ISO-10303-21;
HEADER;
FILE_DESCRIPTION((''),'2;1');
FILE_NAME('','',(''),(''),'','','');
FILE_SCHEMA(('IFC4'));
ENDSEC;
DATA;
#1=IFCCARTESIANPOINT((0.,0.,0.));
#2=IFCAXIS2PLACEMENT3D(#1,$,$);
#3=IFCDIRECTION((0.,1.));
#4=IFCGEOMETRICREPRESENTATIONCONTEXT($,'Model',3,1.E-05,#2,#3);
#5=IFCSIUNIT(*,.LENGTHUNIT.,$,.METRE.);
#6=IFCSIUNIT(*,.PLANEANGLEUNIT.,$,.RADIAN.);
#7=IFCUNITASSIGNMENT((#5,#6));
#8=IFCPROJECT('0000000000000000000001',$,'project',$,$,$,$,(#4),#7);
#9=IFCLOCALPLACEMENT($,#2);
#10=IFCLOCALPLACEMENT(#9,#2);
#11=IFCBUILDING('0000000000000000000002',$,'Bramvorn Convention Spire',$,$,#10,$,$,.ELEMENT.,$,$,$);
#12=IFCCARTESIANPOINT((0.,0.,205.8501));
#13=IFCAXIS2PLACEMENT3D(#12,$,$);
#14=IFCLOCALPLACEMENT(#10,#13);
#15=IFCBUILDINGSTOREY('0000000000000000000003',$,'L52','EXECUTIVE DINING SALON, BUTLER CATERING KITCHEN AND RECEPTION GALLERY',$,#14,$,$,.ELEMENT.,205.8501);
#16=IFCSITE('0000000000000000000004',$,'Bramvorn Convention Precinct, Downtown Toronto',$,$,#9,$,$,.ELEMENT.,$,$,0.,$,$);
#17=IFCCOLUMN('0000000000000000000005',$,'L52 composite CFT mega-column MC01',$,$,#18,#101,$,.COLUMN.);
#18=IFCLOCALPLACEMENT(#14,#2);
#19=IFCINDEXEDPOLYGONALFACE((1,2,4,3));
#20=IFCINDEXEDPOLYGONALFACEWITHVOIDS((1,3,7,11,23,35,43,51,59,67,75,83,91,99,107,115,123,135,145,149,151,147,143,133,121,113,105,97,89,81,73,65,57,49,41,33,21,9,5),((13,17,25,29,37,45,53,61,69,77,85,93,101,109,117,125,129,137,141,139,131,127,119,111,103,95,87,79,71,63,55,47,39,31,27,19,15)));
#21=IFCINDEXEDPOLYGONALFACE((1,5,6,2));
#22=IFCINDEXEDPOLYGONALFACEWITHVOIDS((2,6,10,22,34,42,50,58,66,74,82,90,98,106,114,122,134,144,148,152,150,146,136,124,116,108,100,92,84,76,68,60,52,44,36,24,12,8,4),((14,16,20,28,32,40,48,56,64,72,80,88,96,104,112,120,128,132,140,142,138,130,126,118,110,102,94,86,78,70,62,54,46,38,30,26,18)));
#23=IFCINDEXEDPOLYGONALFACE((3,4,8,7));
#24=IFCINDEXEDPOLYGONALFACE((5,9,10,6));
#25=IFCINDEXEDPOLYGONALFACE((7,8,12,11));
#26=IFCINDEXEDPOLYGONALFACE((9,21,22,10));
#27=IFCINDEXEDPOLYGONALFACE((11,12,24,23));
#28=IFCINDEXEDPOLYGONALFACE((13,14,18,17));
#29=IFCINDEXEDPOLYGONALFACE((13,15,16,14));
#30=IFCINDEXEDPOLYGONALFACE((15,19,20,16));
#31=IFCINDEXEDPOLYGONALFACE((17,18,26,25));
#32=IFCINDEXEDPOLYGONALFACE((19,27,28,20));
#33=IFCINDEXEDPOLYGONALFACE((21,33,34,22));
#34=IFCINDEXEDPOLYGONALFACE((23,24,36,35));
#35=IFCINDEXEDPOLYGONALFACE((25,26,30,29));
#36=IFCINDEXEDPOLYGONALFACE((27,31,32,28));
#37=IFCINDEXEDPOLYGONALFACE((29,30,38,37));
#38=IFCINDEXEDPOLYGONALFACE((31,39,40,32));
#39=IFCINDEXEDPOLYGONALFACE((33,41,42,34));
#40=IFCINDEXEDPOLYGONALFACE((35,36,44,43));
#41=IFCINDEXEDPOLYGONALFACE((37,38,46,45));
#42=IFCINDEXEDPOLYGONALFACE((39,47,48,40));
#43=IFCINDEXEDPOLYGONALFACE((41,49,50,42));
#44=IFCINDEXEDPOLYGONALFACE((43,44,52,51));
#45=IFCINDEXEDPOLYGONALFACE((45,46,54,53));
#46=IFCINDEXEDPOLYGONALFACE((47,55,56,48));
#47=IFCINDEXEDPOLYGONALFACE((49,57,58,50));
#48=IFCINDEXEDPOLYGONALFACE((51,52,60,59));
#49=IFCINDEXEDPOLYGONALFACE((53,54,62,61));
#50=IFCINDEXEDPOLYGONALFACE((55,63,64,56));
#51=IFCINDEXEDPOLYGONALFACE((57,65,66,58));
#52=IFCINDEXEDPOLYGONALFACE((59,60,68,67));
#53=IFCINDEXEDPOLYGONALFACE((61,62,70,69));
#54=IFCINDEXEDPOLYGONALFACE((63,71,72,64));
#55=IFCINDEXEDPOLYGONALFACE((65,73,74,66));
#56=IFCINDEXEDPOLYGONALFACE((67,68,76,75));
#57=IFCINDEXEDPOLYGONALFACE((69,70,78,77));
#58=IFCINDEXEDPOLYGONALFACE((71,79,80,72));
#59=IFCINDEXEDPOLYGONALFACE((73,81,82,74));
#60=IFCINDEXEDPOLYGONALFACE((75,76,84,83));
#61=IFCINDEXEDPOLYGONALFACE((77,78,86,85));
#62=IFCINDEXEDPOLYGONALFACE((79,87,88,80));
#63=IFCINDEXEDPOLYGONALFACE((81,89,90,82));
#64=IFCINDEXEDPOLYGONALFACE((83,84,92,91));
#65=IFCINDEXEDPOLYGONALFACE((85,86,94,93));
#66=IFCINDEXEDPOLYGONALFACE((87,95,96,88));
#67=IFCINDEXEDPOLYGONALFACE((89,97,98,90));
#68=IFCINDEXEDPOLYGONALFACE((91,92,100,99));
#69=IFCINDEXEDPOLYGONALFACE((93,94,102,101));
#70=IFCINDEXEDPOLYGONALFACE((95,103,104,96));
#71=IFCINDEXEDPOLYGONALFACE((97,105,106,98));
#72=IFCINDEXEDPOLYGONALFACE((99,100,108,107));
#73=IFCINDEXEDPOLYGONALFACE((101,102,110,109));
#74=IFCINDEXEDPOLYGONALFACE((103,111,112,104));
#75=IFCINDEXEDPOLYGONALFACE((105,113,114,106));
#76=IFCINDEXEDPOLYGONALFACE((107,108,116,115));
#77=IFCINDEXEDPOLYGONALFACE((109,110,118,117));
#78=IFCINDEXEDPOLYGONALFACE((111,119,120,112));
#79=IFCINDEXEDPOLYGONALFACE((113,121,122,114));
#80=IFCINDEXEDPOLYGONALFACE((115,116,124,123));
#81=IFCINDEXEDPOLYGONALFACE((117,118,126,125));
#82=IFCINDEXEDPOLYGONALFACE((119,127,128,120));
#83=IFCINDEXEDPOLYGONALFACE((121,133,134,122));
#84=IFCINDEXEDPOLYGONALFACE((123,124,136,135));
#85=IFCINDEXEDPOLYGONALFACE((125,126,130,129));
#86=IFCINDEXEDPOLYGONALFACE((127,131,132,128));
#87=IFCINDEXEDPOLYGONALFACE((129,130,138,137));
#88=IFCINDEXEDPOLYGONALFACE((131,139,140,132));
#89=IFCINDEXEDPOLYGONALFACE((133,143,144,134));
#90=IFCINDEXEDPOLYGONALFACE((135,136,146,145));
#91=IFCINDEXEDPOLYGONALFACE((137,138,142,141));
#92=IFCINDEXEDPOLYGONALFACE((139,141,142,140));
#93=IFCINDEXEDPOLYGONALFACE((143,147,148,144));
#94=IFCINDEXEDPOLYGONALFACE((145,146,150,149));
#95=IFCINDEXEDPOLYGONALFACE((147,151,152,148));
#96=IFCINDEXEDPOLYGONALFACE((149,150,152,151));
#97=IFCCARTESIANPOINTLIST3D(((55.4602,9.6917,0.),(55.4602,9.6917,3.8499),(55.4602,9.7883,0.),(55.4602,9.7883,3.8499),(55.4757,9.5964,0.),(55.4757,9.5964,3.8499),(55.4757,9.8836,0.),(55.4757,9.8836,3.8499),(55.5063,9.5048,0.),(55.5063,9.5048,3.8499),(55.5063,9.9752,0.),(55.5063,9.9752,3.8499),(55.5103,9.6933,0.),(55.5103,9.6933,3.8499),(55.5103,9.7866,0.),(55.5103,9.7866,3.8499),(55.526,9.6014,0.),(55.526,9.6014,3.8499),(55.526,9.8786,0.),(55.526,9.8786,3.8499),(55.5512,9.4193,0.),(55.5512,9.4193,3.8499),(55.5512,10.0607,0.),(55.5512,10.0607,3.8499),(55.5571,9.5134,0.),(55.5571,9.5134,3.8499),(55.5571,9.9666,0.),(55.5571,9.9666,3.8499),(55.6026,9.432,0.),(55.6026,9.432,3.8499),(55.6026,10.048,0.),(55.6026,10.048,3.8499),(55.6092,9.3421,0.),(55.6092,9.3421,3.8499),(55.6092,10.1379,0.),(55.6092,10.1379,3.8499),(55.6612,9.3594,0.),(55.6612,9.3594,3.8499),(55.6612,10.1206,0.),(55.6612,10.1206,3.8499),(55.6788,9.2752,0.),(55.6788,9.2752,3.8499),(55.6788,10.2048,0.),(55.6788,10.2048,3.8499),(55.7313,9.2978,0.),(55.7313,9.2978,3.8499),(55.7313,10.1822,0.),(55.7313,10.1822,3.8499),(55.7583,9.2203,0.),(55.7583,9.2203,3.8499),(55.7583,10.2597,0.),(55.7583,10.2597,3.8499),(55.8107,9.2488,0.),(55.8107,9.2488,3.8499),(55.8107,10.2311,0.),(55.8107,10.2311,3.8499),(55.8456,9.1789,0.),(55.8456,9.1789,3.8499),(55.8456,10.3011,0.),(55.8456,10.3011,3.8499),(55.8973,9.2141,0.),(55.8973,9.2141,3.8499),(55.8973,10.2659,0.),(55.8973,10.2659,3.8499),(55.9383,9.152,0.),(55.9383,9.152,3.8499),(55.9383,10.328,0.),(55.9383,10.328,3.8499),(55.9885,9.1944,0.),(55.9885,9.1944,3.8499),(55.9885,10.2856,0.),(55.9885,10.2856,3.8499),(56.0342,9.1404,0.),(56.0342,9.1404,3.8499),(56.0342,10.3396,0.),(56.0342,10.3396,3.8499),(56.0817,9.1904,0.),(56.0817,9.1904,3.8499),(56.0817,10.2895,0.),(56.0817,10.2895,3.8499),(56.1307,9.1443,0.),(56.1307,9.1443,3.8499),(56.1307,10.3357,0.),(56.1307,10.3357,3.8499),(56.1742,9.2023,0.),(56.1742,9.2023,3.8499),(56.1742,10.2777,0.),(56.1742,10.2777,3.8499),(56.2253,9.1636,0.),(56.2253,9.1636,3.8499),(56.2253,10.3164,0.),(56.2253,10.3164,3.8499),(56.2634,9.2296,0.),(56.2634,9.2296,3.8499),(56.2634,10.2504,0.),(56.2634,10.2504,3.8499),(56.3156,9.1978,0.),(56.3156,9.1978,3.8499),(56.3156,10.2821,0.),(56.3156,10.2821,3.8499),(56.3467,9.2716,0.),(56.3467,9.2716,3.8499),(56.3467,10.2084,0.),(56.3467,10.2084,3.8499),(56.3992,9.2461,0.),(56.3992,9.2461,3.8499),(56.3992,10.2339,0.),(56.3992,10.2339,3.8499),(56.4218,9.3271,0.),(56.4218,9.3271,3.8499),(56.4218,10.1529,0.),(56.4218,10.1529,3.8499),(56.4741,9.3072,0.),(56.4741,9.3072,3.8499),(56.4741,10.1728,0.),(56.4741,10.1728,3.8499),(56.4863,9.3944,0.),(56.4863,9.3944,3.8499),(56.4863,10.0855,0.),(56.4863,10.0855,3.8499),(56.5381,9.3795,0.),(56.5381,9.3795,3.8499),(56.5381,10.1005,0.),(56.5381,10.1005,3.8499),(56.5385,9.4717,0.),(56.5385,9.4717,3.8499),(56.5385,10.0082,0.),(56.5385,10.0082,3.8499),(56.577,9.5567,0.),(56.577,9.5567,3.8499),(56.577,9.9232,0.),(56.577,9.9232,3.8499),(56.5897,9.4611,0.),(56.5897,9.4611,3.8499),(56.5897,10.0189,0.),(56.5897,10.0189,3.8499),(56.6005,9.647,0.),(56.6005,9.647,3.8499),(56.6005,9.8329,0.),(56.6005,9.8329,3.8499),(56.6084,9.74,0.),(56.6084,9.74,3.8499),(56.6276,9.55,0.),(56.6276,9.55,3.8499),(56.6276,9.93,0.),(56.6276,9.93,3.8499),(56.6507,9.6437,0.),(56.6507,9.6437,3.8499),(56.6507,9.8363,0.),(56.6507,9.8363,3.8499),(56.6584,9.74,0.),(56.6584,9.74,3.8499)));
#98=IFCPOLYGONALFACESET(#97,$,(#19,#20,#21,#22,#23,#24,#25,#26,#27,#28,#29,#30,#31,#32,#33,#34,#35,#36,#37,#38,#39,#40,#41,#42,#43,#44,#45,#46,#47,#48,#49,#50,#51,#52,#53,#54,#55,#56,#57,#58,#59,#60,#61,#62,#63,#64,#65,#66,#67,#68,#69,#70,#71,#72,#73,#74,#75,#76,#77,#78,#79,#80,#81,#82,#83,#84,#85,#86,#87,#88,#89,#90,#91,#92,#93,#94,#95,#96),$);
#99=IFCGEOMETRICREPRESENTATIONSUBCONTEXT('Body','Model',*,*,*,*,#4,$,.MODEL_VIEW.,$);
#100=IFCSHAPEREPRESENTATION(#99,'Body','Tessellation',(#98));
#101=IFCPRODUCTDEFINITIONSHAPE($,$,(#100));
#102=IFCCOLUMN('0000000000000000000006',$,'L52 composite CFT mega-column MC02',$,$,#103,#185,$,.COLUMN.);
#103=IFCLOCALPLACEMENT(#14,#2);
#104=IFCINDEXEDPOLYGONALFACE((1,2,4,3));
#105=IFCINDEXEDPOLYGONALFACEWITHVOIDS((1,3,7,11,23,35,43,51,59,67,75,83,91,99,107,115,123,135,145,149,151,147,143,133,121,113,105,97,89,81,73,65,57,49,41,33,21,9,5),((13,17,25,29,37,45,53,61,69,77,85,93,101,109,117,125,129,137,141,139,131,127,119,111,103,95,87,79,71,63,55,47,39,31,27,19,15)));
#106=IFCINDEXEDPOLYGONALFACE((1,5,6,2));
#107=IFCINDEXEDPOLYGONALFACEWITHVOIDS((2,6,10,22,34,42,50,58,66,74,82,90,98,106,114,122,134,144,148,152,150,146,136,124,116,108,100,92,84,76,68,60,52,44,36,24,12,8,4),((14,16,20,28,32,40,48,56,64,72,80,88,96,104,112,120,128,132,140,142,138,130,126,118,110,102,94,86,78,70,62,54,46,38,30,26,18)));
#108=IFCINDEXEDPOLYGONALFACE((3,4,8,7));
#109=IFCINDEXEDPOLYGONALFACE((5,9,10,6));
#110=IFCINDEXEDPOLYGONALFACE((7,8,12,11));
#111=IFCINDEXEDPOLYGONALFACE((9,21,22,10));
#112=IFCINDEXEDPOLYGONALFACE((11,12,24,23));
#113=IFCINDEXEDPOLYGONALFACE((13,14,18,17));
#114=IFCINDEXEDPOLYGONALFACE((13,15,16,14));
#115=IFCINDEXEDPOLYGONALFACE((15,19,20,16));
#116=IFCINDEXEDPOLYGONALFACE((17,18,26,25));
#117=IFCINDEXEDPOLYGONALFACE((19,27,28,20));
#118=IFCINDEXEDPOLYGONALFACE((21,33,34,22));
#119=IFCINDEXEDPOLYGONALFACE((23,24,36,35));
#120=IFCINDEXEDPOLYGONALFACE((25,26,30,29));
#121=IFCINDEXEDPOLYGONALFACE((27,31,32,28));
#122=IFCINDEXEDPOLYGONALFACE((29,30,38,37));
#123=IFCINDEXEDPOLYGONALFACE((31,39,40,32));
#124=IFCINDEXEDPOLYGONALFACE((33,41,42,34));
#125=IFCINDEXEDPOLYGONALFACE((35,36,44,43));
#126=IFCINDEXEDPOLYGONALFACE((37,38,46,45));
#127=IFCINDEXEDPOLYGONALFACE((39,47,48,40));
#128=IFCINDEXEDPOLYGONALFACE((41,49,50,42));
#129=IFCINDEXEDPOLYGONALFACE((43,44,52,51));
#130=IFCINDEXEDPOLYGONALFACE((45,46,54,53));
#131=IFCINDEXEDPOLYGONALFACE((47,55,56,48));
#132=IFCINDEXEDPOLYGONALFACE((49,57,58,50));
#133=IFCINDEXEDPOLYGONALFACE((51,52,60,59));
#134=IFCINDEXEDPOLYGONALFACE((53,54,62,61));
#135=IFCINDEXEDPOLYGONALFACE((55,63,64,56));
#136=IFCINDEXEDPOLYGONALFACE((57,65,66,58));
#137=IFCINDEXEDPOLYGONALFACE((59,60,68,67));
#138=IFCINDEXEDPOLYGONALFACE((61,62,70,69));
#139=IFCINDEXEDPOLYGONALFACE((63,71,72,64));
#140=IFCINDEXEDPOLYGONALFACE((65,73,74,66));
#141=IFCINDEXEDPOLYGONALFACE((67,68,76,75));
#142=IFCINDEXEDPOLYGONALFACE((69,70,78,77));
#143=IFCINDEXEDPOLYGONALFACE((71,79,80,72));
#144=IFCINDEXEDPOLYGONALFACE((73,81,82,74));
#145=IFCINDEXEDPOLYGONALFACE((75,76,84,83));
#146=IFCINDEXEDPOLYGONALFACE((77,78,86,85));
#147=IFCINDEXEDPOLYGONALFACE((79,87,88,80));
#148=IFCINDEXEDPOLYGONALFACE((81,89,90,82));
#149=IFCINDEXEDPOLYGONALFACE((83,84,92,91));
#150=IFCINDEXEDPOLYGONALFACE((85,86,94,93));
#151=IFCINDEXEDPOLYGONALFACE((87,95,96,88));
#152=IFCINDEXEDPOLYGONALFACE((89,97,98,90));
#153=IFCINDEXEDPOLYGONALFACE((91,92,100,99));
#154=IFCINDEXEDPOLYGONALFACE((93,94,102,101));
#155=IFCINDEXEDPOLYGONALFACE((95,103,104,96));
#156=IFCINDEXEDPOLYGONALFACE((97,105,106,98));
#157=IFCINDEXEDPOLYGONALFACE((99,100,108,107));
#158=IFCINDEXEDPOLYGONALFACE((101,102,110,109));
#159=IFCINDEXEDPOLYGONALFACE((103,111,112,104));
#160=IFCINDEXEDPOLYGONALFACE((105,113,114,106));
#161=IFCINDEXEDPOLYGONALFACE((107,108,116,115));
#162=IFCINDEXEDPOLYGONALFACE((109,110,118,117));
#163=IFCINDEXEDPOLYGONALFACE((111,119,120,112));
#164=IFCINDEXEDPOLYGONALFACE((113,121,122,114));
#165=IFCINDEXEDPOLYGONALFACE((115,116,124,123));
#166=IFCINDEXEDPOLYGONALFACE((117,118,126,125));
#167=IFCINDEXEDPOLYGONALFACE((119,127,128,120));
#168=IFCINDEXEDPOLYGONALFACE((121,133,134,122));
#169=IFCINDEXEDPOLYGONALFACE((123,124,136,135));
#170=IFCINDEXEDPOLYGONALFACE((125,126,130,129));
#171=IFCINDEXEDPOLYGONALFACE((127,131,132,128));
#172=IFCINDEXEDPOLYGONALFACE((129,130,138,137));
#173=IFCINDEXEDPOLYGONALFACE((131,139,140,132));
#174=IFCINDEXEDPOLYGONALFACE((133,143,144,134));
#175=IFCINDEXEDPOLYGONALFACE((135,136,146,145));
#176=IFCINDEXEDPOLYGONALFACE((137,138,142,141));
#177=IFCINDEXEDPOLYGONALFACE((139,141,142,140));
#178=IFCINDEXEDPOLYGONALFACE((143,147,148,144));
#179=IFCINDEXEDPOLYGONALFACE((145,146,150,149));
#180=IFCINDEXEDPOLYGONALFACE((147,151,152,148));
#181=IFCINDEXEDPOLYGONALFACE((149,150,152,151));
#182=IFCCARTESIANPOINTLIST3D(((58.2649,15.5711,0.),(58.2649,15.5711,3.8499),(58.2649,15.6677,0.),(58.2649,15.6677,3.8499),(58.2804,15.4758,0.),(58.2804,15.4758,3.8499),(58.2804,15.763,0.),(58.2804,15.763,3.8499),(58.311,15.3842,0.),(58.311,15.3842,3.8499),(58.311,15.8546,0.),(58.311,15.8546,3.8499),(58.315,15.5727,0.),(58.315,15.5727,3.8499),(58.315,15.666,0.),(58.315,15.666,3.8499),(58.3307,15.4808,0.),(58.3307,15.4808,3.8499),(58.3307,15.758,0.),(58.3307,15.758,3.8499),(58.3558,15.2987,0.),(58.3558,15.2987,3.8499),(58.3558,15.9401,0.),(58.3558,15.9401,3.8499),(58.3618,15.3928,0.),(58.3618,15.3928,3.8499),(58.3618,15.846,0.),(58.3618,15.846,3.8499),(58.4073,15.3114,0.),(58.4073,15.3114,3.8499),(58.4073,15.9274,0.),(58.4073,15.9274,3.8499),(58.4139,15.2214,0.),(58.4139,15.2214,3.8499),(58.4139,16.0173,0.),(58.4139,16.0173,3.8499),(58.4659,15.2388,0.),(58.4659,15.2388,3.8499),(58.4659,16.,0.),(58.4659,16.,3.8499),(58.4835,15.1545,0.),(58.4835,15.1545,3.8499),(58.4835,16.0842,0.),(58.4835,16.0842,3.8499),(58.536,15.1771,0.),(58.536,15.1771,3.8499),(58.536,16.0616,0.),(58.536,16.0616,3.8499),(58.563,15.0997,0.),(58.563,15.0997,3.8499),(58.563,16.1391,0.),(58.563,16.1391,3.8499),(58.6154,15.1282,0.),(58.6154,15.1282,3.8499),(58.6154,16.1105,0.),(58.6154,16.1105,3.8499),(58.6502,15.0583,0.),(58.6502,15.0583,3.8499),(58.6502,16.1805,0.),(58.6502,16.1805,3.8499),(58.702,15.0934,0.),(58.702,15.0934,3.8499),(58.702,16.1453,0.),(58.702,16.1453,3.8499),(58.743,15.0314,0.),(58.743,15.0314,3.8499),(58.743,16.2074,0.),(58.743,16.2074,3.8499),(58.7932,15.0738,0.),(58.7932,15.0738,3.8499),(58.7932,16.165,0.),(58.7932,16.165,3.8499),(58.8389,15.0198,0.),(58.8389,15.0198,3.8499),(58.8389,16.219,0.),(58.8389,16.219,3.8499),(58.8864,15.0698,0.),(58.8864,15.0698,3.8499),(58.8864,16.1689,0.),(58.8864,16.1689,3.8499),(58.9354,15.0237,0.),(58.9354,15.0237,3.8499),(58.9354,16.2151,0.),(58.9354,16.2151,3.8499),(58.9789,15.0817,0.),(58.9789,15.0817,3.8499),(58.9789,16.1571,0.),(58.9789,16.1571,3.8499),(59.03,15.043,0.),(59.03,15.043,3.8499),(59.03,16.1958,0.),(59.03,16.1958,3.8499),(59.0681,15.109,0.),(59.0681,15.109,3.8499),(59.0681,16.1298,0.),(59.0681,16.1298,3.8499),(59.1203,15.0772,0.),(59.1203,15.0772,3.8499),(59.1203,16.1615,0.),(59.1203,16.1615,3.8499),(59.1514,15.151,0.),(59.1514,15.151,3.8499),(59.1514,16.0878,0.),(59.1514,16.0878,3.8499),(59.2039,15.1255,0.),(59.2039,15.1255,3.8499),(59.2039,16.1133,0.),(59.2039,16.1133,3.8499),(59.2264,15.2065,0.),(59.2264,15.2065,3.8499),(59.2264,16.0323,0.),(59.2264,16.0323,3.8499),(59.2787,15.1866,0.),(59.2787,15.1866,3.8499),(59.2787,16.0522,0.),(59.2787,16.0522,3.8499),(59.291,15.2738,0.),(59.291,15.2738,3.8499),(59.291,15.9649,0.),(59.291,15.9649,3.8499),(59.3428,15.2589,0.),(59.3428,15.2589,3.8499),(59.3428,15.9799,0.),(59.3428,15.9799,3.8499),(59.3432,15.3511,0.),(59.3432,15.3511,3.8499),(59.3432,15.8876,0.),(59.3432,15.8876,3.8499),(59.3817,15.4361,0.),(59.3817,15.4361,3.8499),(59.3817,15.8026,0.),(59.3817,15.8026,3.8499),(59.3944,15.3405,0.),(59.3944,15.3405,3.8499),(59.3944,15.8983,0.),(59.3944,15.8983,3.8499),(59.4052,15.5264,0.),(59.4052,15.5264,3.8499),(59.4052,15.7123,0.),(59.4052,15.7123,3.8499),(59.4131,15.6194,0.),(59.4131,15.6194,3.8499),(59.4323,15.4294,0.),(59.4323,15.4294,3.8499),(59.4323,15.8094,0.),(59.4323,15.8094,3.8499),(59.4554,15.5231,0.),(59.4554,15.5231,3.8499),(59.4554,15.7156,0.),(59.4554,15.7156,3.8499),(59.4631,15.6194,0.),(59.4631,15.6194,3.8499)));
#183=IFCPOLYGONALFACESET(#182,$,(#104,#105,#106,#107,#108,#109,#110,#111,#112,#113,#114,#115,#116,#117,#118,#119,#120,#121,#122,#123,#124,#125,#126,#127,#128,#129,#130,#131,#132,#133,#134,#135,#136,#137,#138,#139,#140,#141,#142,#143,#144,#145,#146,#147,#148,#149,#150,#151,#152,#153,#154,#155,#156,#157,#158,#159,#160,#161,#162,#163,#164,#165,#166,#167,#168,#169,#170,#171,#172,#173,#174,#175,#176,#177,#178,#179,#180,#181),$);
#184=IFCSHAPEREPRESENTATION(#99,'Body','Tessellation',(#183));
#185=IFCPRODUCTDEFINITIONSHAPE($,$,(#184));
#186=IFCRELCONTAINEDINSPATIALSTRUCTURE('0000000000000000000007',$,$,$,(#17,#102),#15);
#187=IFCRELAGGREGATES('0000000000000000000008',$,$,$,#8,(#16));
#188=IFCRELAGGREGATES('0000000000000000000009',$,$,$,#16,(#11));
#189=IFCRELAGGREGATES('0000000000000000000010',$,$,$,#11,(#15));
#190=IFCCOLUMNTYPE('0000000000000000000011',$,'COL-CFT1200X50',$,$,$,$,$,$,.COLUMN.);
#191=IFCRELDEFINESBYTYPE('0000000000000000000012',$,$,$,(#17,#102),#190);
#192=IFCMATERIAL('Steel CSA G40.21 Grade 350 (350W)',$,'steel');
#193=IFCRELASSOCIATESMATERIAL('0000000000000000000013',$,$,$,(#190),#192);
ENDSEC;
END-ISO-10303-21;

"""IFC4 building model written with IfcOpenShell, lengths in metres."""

from ifc_helpers import new_model, si_unit, direction, frame, origin, origin_2d, place, context, subcontext, project, spatial, hollow_circle, extrude, material, material_profile, profile_set, type_object, element, save


model = new_model("IFC4")

# Units and contexts
model_context = context("Model", 3, precision=1e-05, world=origin(), true_north=direction((0.0, 1.0)))
body_context = subcontext(model_context, "Body", "Model", "MODEL_VIEW")
ifc_project = project(units=[si_unit("LENGTHUNIT", "METRE"), si_unit("PLANEANGLEUNIT", "RADIAN")], contexts=[model_context])

# Site, building, storey
site_placement = place(None, origin())
site = spatial("IfcSite", under=ifc_project, at=site_placement, Name="Bramvorn Convention Precinct, Downtown Toronto", CompositionType="ELEMENT", RefElevation=0.0)
building_placement = place(site_placement, origin())
building = spatial("IfcBuilding", under=site, at=building_placement, Name="Bramvorn Convention Spire", CompositionType="ELEMENT")
storey_placement = place(building_placement, frame((0.0, 0.0, 205.8501)))
storey = spatial("IfcBuildingStorey", under=building, at=storey_placement, Name="L52", Description="EXECUTIVE DINING SALON, BUTLER CATERING KITCHEN AND RECEPTION GALLERY", CompositionType="ELEMENT", Elevation=205.8501)

# Columns
ifc_material_1 = material(Name="Steel CSA G40.21 Grade 350 (350W)", Category="steel")
ifc_material_profile_1 = material_profile(ifc_material_1, hollow_circle(Radius=0.6001, WallThickness=0.05, at=origin_2d()))
ifc_profile_set_1 = profile_set([ifc_material_profile_1], Name="Steel CSA G40.21 Grade 350 (350W) - CFT1200X50")
column_type = type_object("IfcColumnType", Name="COL-CFT1200X50", PredefinedType="COLUMN", material=ifc_profile_set_1)
for number, where, z_axis, x_axis, name in (
    (1, (56.0583, 9.74, 0.0), (0.0, 0.0, 1.0), (1.0, 0.0, 0.0), "L52 composite CFT mega-column MC01"),
    (2, (58.863, 15.6194, 0.0), (0.0, 0.0, 1.0), (1.0, 0.0, 0.0), "L52 composite CFT mega-column MC02"),
):
    element("IfcColumn", number, at=place(storey_placement, frame(where, z_axis=z_axis, x_axis=x_axis)), inside=storey, type_object=column_type, Name=name, PredefinedType="COLUMN", context=body_context, shape_type="SweptSolid", body=[
        extrude(hollow_circle(Radius=0.6001, WallThickness=0.05, at=origin_2d()), origin(), (0.0, 0.0, 1.0), 3.8499),
    ])

save(model, "model.ifc")
